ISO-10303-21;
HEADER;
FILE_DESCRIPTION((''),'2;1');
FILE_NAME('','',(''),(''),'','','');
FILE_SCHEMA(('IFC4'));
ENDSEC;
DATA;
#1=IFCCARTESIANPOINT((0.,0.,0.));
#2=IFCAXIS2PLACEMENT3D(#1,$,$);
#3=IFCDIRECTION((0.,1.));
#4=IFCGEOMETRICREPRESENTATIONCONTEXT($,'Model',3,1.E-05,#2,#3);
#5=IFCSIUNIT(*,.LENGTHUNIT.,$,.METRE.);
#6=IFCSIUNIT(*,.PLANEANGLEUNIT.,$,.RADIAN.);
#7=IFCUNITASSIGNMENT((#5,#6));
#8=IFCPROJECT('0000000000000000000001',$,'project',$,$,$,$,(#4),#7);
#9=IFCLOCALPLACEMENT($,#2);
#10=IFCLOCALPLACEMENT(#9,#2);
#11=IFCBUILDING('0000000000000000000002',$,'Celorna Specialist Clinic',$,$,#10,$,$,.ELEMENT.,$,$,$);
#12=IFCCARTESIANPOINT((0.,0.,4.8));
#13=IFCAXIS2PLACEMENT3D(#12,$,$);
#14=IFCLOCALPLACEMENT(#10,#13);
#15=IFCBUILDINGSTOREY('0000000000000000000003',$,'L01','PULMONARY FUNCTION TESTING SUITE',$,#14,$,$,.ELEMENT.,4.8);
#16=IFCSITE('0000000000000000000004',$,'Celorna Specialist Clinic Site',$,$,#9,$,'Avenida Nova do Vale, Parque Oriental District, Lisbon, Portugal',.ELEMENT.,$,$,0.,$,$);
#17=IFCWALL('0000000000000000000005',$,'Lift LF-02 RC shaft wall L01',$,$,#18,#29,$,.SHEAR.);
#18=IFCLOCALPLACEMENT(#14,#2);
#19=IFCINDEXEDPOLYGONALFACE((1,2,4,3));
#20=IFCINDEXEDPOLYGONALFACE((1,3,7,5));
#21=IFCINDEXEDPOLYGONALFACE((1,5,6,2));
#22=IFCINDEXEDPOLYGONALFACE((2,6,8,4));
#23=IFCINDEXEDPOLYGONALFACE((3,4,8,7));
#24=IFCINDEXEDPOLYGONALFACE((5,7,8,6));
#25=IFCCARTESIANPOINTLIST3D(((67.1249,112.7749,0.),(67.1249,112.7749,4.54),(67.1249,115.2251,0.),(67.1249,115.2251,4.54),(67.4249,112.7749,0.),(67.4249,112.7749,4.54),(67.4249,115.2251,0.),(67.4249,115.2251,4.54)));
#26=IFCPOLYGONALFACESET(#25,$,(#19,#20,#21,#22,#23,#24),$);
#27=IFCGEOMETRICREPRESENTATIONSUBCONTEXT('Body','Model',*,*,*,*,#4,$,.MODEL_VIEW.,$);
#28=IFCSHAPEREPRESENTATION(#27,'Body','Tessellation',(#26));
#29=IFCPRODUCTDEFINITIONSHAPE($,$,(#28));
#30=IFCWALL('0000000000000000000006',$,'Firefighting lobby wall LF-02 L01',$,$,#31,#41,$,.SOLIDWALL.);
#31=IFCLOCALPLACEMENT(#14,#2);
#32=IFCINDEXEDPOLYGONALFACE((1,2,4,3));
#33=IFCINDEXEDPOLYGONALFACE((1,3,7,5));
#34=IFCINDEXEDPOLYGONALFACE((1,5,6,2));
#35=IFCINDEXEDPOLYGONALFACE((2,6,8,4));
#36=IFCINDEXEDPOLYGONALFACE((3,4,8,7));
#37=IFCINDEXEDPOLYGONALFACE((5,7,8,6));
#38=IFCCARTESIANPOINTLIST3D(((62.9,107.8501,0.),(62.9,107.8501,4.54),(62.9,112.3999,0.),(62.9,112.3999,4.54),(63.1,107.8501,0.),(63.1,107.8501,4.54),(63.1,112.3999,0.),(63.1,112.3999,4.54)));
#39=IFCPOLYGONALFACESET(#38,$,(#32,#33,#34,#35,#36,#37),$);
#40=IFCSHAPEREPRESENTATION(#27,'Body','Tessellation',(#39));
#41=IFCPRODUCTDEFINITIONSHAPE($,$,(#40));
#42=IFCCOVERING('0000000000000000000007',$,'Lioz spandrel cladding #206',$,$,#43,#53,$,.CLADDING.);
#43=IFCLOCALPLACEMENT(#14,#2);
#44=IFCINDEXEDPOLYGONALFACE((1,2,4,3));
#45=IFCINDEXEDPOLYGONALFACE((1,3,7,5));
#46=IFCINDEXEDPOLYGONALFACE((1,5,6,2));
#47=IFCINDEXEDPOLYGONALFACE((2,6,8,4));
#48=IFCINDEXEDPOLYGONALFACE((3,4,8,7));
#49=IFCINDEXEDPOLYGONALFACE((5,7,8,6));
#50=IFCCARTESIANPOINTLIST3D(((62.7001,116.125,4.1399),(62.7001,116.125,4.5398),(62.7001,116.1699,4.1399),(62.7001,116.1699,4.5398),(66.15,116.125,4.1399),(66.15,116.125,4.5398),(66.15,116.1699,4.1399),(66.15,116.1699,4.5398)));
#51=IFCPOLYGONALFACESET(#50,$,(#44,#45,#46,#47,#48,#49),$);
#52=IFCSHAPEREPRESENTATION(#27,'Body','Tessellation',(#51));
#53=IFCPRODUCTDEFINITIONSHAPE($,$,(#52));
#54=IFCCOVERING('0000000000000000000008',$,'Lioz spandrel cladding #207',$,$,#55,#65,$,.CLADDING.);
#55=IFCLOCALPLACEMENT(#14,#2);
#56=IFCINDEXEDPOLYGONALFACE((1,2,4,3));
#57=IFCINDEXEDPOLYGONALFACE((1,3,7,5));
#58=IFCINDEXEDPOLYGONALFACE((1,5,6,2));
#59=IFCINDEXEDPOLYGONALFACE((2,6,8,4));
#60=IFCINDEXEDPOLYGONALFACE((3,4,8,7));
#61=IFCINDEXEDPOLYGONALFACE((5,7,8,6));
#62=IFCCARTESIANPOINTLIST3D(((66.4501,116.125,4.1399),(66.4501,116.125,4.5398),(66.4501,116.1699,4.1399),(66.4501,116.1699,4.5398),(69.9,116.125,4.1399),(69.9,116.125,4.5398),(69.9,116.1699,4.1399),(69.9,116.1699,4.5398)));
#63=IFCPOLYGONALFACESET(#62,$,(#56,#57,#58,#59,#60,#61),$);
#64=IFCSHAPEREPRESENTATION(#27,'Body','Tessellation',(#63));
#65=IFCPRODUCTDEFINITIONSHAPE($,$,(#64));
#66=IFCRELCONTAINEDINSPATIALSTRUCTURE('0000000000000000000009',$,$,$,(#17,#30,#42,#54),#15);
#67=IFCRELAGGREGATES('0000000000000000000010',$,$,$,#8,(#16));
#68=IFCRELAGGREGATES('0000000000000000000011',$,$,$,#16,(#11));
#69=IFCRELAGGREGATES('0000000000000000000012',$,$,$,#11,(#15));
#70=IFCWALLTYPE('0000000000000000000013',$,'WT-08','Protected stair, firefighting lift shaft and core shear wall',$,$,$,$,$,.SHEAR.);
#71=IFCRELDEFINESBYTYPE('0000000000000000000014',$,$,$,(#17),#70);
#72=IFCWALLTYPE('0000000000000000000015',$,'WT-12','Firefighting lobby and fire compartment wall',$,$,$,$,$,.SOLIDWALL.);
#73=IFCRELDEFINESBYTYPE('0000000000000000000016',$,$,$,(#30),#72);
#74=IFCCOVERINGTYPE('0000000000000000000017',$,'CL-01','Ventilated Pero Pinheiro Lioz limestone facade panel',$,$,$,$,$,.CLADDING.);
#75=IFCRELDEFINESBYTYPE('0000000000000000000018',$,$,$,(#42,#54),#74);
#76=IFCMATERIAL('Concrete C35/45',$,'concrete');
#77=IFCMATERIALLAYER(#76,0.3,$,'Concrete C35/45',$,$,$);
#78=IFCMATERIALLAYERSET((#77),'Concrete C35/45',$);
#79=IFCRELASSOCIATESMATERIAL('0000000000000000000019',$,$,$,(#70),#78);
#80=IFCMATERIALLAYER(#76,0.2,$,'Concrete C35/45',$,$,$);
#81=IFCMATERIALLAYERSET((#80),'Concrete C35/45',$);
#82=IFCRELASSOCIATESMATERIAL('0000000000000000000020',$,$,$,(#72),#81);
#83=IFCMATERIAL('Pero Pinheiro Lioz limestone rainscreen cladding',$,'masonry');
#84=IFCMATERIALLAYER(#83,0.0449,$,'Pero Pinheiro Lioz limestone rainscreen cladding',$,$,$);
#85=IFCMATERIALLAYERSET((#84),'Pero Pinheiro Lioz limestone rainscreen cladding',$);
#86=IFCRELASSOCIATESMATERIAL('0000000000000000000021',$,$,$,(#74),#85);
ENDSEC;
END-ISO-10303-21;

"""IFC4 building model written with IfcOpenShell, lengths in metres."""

from ifc_helpers import new_model, si_unit, direction, frame, frame_2d, origin, origin_2d, place, context, subcontext, project, spatial, rectangle, extrude, material, layer, layer_set, type_object, element, save


model = new_model("IFC4")

# Units and contexts
model_context = context("Model", 3, precision=1e-05, world=origin(), true_north=direction((0.0, 1.0)))
body_context = subcontext(model_context, "Body", "Model", "MODEL_VIEW")
ifc_project = project(units=[si_unit("LENGTHUNIT", "METRE"), si_unit("PLANEANGLEUNIT", "RADIAN")], contexts=[model_context])

# Site, building, storey
site_placement = place(None, origin())
site = spatial("IfcSite", under=ifc_project, at=site_placement, Name="Celorna Specialist Clinic Site", LongName="Avenida Nova do Vale, Parque Oriental District, Lisbon, Portugal", CompositionType="ELEMENT", RefElevation=0.0)
building_placement = place(site_placement, origin())
building = spatial("IfcBuilding", under=site, at=building_placement, Name="Celorna Specialist Clinic", CompositionType="ELEMENT")
storey_placement = place(building_placement, frame((0.0, 0.0, 4.8)))
storey = spatial("IfcBuildingStorey", under=building, at=storey_placement, Name="L01", Description="PULMONARY FUNCTION TESTING SUITE", CompositionType="ELEMENT", Elevation=4.8)

# Shared definitions
ifc_material_1 = material(Name="Concrete C35/45", Category="concrete")
ifc_layer_1 = layer(ifc_material_1, 0.3, Name="Concrete C35/45")
ifc_layer_set_1 = layer_set([ifc_layer_1], Name="Concrete C35/45")
wall_type_1 = type_object("IfcWallType", Name="WT-08", Description="Protected stair, firefighting lift shaft and core shear wall", PredefinedType="SHEAR", material=ifc_layer_set_1)

# Walls
for number, where, z_axis, x_axis, name in (
    (1, (67.2749, 112.7749, 0.0), (0.0, 0.0, 1.0), (0.0, 1.0, 0.0), "Lift LF-02 RC shaft wall L01"),
):
    element("IfcWall", number, at=place(storey_placement, frame(where, z_axis=z_axis, x_axis=x_axis)), inside=storey, type_object=wall_type_1, Name=name, PredefinedType="SHEAR", context=body_context, shape_type="SweptSolid", body=[
        extrude(rectangle(XDim=2.4502, YDim=0.3, at=frame_2d((1.2251, 0.0))), origin(), (0.0, 0.0, 1.0), 4.54),
    ])
ifc_layer_2 = layer(ifc_material_1, 0.2, Name="Concrete C35/45")
ifc_layer_set_2 = layer_set([ifc_layer_2], Name="Concrete C35/45")
wall_type_2 = type_object("IfcWallType", Name="WT-12", Description="Firefighting lobby and fire compartment wall", PredefinedType="SOLIDWALL", material=ifc_layer_set_2)
wall_1_placement = place(storey_placement, frame((63.0, 112.3999, 0.0), z_axis=(0.0, 0.0, 1.0), x_axis=(0.0, -1.0, 0.0)))
element("IfcWall", 2, at=wall_1_placement, inside=storey, type_object=wall_type_2, Name="Firefighting lobby wall LF-02 L01", PredefinedType="SOLIDWALL", context=body_context, shape_type="SweptSolid", body=[
    extrude(rectangle(XDim=4.5498, YDim=0.2, at=frame_2d((2.2749, 0.0))), origin(), (0.0, 0.0, 1.0), 4.54),
])

# Coverings
ifc_material_2 = material(Name="Pero Pinheiro Lioz limestone rainscreen cladding", Category="masonry")
ifc_layer_3 = layer(ifc_material_2, 0.0449, Name="Pero Pinheiro Lioz limestone rainscreen cladding")
ifc_layer_set_3 = layer_set([ifc_layer_3], Name="Pero Pinheiro Lioz limestone rainscreen cladding")
covering_type = type_object("IfcCoveringType", Name="CL-01", Description="Ventilated Pero Pinheiro Lioz limestone facade panel", PredefinedType="CLADDING", material=ifc_layer_set_3)
for number, where, z_axis, x_axis, name in (
    (3, (64.425, 116.1475, 4.1399), (0.0, 0.0, 1.0), (1.0, 0.0, 0.0), "Lioz spandrel cladding #206"),
    (4, (68.175, 116.1475, 4.1399), (0.0, 0.0, 1.0), (1.0, 0.0, 0.0), "Lioz spandrel cladding #207"),
):
    element("IfcCovering", number, at=place(storey_placement, frame(where, z_axis=z_axis, x_axis=x_axis)), inside=storey, type_object=covering_type, Name=name, PredefinedType="CLADDING", context=body_context, shape_type="SweptSolid", body=[
        extrude(rectangle(XDim=3.45, YDim=0.0449, at=origin_2d()), origin(), (0.0, 0.0, 1.0), 0.3999),
    ])

save(model, "model.ifc")
